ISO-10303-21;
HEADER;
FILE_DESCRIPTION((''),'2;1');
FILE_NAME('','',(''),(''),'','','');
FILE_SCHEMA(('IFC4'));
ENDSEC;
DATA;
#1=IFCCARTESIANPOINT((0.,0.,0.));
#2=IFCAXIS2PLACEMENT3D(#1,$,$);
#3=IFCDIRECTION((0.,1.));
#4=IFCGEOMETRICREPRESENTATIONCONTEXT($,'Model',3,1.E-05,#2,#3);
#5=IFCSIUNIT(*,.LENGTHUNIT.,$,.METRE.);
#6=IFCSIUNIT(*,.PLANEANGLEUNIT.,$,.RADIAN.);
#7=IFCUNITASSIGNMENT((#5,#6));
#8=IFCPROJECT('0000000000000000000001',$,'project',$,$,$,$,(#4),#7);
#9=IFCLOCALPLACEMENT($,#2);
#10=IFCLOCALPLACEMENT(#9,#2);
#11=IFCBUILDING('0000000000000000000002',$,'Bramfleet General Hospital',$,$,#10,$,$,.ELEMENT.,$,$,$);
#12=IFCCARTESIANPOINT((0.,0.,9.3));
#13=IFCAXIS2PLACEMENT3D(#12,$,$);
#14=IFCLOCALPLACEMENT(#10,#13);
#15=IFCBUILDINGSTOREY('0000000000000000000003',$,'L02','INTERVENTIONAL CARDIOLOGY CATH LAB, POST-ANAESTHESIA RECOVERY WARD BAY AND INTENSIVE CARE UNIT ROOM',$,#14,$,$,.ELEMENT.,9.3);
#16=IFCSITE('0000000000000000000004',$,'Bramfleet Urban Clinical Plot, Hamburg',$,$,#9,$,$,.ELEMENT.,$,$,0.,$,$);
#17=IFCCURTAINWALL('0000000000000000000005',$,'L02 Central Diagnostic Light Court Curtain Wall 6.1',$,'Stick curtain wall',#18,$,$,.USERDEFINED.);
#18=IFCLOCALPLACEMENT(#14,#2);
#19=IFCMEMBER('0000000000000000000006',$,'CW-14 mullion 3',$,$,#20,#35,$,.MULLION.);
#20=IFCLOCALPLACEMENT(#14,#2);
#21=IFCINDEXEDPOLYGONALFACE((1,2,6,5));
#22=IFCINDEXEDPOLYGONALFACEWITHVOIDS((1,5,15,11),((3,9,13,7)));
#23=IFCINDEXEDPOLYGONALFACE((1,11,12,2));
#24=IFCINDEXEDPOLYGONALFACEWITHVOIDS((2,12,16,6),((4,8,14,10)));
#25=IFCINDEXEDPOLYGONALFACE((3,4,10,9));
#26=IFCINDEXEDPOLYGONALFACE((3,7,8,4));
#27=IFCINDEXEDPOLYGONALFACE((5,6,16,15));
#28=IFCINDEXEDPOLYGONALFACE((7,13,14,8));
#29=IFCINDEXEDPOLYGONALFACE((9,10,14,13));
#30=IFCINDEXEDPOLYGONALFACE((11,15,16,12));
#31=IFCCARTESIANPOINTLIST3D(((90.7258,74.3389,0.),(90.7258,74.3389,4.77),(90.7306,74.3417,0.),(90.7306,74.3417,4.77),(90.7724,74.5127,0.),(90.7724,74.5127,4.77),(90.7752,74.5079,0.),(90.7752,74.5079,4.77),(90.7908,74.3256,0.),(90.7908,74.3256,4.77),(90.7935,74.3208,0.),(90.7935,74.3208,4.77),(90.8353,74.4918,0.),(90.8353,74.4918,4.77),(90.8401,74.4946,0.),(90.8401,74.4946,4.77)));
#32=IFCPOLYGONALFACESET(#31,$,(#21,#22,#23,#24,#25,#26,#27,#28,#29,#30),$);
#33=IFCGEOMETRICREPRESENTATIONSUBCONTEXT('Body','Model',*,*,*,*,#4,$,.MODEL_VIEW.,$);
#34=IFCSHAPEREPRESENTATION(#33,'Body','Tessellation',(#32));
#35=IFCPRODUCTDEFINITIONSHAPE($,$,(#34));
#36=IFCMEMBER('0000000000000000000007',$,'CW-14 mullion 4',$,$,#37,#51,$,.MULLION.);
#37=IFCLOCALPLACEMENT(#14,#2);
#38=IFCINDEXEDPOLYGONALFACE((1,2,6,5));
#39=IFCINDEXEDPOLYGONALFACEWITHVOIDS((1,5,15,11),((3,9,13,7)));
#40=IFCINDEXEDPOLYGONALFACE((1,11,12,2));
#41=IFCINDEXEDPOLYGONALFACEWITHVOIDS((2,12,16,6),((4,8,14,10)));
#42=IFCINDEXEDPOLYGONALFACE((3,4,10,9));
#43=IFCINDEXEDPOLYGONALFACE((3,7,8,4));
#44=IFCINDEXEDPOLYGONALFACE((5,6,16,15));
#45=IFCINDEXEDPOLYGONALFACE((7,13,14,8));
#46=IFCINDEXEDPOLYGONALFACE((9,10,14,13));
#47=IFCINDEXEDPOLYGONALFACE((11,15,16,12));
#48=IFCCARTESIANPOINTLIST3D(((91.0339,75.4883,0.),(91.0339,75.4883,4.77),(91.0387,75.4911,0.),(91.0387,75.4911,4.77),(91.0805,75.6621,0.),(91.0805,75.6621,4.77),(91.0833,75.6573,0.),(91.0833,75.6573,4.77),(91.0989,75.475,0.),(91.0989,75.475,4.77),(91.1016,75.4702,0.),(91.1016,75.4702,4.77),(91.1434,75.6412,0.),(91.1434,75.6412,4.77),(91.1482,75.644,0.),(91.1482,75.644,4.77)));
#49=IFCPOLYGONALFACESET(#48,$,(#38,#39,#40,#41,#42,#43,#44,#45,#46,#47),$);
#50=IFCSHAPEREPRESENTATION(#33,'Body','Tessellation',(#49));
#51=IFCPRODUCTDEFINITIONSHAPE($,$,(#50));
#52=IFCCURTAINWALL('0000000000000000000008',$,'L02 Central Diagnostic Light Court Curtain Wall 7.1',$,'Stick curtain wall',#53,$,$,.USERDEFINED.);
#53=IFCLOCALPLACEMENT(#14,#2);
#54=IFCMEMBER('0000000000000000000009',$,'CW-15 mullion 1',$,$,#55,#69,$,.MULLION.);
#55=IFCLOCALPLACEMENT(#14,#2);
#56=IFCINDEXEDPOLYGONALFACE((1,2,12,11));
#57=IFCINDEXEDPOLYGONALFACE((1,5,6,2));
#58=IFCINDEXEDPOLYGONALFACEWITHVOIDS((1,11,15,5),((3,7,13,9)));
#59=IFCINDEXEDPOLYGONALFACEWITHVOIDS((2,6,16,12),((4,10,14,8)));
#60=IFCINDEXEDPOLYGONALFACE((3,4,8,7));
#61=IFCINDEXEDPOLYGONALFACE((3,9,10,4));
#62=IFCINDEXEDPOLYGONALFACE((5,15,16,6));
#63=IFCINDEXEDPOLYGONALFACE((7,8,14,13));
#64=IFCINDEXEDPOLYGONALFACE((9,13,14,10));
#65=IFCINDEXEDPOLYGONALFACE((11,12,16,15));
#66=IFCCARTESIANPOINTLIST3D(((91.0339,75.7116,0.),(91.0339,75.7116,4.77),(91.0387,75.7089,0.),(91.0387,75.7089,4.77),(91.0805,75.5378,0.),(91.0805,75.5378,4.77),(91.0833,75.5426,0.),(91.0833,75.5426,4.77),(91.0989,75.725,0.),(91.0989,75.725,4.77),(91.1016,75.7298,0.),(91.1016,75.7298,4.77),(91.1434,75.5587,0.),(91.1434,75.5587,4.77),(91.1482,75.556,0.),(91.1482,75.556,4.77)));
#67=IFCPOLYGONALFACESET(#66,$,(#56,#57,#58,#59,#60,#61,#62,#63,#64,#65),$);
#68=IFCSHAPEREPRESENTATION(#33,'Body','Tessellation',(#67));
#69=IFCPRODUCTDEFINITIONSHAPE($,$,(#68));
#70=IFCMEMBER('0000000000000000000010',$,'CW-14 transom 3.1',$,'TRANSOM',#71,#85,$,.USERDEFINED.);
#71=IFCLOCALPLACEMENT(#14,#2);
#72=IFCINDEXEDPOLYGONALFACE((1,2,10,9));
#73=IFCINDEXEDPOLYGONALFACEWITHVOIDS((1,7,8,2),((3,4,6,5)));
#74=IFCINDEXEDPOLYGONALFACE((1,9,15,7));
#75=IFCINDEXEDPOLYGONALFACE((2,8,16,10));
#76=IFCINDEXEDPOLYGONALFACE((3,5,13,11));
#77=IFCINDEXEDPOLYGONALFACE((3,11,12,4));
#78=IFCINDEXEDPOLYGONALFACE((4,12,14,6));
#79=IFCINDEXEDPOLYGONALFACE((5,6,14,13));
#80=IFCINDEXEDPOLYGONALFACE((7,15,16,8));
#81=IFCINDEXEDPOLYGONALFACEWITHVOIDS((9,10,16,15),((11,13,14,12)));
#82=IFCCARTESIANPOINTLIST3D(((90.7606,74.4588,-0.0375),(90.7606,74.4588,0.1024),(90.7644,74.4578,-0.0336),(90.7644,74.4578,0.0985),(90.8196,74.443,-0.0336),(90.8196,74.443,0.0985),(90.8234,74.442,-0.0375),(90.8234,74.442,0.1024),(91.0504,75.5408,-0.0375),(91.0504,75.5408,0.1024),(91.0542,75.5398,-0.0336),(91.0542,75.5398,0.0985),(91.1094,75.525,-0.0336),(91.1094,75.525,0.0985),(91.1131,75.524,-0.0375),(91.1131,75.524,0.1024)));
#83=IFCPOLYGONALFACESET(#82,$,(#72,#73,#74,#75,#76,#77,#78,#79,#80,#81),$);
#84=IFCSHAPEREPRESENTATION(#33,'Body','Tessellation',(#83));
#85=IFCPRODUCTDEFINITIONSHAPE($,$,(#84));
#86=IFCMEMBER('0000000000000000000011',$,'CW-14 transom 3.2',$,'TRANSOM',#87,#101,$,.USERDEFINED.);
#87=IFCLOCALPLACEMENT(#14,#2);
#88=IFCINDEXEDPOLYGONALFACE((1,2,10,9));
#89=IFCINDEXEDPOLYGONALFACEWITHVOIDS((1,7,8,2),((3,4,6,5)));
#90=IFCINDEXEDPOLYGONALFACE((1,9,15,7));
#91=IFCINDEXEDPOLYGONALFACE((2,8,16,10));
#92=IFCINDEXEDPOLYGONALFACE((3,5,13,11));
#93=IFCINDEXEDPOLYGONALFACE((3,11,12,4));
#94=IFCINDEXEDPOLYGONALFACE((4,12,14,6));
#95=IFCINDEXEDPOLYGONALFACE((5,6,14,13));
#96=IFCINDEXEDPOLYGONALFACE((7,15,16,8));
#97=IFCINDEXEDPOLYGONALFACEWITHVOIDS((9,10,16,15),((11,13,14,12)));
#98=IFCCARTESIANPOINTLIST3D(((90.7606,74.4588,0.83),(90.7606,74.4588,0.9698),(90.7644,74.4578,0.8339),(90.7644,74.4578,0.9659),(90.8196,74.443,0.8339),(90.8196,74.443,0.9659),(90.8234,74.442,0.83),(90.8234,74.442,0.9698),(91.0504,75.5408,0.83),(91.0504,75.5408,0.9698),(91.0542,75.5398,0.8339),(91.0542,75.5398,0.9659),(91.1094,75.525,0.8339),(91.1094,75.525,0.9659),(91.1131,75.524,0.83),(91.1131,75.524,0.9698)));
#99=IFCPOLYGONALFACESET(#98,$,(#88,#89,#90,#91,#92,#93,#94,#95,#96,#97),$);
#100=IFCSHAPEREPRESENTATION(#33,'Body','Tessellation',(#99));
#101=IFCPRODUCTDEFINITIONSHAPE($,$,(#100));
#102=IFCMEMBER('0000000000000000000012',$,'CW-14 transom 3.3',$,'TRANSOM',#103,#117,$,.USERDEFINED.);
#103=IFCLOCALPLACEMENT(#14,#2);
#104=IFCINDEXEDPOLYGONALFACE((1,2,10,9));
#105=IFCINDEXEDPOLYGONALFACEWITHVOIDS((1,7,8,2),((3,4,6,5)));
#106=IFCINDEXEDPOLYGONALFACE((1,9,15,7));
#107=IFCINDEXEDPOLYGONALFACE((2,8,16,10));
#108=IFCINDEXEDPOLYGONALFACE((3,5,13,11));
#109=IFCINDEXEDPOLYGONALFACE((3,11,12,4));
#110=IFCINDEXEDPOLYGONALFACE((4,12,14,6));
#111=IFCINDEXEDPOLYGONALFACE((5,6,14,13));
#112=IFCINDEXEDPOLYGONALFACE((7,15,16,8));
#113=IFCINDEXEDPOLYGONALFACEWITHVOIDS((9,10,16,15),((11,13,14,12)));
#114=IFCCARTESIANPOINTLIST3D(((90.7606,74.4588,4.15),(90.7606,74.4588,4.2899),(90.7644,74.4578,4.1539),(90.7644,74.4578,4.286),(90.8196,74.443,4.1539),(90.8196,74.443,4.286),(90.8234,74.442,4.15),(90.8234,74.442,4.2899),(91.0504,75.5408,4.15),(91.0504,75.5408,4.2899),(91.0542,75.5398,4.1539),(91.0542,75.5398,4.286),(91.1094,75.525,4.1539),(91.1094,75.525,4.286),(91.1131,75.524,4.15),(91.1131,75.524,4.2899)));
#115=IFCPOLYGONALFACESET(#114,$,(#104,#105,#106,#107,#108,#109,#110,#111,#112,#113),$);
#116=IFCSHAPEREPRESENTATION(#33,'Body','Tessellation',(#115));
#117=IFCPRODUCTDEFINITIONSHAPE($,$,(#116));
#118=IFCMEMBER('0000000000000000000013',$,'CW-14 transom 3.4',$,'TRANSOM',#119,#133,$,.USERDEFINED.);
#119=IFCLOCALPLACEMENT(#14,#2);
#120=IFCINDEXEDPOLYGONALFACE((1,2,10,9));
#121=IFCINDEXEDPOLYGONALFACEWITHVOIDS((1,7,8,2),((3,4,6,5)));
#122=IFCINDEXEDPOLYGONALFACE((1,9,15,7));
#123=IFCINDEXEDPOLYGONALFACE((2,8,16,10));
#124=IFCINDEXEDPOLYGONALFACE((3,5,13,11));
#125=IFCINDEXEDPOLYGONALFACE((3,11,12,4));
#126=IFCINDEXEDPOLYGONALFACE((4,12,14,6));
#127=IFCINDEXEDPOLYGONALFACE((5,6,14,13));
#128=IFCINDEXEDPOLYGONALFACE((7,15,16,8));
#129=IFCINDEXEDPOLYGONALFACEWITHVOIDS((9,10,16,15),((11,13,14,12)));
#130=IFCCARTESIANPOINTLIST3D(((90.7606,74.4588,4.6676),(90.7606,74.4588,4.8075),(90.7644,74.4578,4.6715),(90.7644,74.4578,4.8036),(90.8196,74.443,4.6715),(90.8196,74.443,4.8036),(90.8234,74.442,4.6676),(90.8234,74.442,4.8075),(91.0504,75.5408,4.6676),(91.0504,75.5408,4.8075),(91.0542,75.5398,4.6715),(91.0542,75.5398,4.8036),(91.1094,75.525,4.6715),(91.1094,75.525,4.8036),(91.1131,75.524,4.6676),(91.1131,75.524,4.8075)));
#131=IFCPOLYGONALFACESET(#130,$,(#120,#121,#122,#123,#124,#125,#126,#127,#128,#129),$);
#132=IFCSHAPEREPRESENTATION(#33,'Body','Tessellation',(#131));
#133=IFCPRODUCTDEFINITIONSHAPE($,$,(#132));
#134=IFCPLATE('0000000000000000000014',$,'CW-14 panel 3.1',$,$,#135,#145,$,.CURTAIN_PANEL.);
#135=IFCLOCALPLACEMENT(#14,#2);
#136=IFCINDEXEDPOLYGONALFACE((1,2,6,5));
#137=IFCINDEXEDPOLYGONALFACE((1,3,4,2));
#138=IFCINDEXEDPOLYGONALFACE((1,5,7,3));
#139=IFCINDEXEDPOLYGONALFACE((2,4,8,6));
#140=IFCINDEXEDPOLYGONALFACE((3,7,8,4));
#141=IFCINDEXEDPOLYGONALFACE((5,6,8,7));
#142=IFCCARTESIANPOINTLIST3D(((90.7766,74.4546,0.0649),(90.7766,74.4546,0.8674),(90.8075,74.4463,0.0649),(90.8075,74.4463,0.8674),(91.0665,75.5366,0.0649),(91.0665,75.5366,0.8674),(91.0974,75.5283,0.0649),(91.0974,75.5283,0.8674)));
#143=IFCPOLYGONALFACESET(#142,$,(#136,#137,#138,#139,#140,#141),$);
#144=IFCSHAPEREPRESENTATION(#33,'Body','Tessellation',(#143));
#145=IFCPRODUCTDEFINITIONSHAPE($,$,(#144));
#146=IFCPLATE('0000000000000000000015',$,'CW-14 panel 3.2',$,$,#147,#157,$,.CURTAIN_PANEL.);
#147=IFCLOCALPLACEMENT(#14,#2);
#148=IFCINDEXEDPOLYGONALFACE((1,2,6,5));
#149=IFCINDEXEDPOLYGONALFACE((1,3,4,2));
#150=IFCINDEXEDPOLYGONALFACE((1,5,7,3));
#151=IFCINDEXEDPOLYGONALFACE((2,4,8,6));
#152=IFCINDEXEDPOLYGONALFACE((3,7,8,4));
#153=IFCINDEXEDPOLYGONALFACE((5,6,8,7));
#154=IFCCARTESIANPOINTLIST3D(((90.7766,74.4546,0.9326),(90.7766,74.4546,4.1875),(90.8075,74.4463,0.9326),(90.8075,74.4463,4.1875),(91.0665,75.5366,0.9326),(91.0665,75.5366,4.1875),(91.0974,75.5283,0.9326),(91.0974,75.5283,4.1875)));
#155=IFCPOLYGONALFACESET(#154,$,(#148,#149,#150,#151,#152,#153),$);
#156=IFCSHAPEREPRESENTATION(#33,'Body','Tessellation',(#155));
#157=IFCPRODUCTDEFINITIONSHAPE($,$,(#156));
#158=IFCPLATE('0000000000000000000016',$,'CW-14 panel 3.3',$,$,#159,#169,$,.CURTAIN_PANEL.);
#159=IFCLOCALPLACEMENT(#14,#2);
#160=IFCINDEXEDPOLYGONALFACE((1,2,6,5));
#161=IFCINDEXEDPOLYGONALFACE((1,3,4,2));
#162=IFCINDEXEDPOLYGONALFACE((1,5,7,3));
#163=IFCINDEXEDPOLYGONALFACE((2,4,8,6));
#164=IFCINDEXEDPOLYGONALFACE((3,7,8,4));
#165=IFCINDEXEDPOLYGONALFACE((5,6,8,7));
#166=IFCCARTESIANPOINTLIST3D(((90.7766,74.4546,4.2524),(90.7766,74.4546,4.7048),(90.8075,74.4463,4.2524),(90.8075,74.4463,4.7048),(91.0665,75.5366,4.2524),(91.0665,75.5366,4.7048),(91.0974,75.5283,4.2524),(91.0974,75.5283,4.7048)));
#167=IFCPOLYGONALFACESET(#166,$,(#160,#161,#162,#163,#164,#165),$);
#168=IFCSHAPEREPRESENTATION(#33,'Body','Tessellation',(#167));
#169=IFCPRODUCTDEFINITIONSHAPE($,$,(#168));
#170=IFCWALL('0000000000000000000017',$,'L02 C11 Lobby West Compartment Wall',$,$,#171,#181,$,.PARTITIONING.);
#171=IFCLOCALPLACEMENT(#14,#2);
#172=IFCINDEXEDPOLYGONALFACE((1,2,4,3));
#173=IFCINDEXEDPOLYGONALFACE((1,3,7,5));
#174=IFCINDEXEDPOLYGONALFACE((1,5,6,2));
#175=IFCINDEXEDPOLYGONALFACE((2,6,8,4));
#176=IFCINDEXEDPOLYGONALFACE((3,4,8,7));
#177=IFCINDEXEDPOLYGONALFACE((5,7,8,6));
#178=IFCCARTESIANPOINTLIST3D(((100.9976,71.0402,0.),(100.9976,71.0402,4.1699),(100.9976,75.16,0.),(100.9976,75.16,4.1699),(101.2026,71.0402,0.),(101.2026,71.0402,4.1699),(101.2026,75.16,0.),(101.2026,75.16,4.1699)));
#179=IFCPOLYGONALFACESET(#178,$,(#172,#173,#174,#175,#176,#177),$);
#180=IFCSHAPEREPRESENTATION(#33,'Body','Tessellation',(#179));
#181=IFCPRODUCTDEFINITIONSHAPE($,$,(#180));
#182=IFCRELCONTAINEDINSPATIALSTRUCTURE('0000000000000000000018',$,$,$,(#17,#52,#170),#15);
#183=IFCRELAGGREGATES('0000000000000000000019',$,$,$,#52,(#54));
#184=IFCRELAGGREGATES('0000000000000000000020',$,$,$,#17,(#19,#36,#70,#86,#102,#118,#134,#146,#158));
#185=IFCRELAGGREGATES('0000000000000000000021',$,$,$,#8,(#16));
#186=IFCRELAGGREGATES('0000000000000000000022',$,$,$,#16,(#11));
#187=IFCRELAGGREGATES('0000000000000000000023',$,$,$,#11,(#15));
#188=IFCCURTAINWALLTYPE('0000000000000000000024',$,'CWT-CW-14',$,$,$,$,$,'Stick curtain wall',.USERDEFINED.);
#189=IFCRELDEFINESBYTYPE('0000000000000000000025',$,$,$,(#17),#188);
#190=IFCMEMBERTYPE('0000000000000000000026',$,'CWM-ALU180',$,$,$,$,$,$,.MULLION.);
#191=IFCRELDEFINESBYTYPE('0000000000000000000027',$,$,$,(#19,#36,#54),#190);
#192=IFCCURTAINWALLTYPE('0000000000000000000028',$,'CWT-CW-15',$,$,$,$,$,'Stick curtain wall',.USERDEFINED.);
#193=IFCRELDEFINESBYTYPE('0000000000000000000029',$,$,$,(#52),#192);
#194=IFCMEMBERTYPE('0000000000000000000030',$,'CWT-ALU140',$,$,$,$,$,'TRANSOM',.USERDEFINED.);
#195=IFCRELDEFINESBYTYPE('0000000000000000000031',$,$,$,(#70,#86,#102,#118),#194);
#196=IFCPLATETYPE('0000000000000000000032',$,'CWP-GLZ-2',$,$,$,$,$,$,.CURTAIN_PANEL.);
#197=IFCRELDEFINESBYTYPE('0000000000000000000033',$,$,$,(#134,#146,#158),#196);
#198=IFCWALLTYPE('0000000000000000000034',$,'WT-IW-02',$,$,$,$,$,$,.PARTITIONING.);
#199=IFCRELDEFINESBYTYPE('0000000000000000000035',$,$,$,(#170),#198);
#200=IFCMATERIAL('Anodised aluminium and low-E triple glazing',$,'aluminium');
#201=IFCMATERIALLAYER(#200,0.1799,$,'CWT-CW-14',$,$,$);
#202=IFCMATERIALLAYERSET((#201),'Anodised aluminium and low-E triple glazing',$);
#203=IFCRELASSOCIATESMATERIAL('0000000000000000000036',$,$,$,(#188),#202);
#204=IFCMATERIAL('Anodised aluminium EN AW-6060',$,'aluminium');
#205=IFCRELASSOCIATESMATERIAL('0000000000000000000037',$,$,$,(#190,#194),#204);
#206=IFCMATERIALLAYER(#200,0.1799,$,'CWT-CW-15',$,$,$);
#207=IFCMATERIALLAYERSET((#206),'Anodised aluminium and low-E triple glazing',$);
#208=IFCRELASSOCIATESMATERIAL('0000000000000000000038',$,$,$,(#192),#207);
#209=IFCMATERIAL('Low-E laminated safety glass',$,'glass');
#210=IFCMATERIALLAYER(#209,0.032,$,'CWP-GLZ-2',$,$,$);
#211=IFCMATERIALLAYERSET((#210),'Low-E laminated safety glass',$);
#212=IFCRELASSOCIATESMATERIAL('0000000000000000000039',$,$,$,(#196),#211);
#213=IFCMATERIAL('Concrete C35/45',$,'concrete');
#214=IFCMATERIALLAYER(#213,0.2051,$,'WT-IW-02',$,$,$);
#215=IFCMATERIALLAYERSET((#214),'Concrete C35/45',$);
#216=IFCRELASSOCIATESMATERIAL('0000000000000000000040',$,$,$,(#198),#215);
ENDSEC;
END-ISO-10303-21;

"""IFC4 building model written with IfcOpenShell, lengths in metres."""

from ifc_helpers import new_model, si_unit, direction, frame, frame_2d, origin, origin_2d, place, context, subcontext, project, spatial, rectangle, hollow_rectangle, extrude, material, layer, layer_set, material_profile, profile_set, type_object, element, aggregate, save


model = new_model("IFC4")

# Units and contexts
model_context = context("Model", 3, precision=1e-05, world=origin(), true_north=direction((0.0, 1.0)))
body_context = subcontext(model_context, "Body", "Model", "MODEL_VIEW")
ifc_project = project(units=[si_unit("LENGTHUNIT", "METRE"), si_unit("PLANEANGLEUNIT", "RADIAN")], contexts=[model_context])

# Site, building, storey
site_placement = place(None, origin())
site = spatial("IfcSite", under=ifc_project, at=site_placement, Name="Bramfleet Urban Clinical Plot, Hamburg", CompositionType="ELEMENT", RefElevation=0.0)
building_placement = place(site_placement, origin())
building = spatial("IfcBuilding", under=site, at=building_placement, Name="Bramfleet General Hospital", CompositionType="ELEMENT")
storey_placement = place(building_placement, frame((0.0, 0.0, 9.3)))
storey = spatial("IfcBuildingStorey", under=building, at=storey_placement, Name="L02", Description="INTERVENTIONAL CARDIOLOGY CATH LAB, POST-ANAESTHESIA RECOVERY WARD BAY AND INTENSIVE CARE UNIT ROOM", CompositionType="ELEMENT", Elevation=9.3)

# Shared definitions
ifc_material_1 = material(Name="Concrete C35/45", Category="concrete")

# Curtain wall, members
ifc_material_2 = material(Name="Anodised aluminium and low-E triple glazing", Category="aluminium")
ifc_layer_1 = layer(ifc_material_2, 0.1799, Name="CWT-CW-14")
ifc_layer_set_1 = layer_set([ifc_layer_1], Name="Anodised aluminium and low-E triple glazing")
curtain_wall_type_1 = type_object("IfcCurtainWallType", Name="CWT-CW-14", ElementType="Stick curtain wall", PredefinedType="USERDEFINED", material=ifc_layer_set_1)
curtain_wall_1_placement = place(storey_placement, origin())
curtain_wall_1 = element("IfcCurtainWall", 1, at=curtain_wall_1_placement, inside=storey, type_object=curtain_wall_type_1, Name="L02 Central Diagnostic Light Court Curtain Wall 6.1", ObjectType="Stick curtain wall", PredefinedType="USERDEFINED")
ifc_material_3 = material(Name="Anodised aluminium EN AW-6060", Category="aluminium")
ifc_material_profile_1 = material_profile(ifc_material_3, hollow_rectangle(XDim=0.0701, YDim=0.1799, WallThickness=0.0039, at=origin_2d()), Name="ALU 180x70x4.0")
ifc_profile_set_1 = profile_set([ifc_material_profile_1], Name="Anodised aluminium EN AW-6060")
member_type_1 = type_object("IfcMemberType", Name="CWM-ALU180", PredefinedType="MULLION", material=ifc_profile_set_1)
member_1_placement = place(storey_placement, frame((90.783, 74.4167, 0.0), z_axis=(0.0, 0.0, 1.0), x_axis=(-0.965941, 0.258763, 0.0)))
member_1 = element("IfcMember", 2, at=member_1_placement, type_object=member_type_1, Name="CW-14 mullion 3", PredefinedType="MULLION", context=body_context, shape_type="SweptSolid", body=[
    extrude(hollow_rectangle(XDim=0.0701, YDim=0.1799, WallThickness=0.0039, at=origin_2d()), origin(), (0.0, 0.0, 1.0), 4.77),
])
member_2_placement = place(storey_placement, frame((91.0911, 75.5662, 0.0), z_axis=(0.0, 0.0, 1.0), x_axis=(-0.965941, 0.258763, 0.0)))
member_2 = element("IfcMember", 3, at=member_2_placement, type_object=member_type_1, Name="CW-14 mullion 4", PredefinedType="MULLION", context=body_context, shape_type="SweptSolid", body=[
    extrude(hollow_rectangle(XDim=0.0701, YDim=0.1799, WallThickness=0.0039, at=origin_2d()), origin(), (0.0, 0.0, 1.0), 4.77),
])

# Curtain wall, member
ifc_layer_2 = layer(ifc_material_2, 0.1799, Name="CWT-CW-15")
ifc_layer_set_2 = layer_set([ifc_layer_2], Name="Anodised aluminium and low-E triple glazing")
curtain_wall_type_2 = type_object("IfcCurtainWallType", Name="CWT-CW-15", ElementType="Stick curtain wall", PredefinedType="USERDEFINED", material=ifc_layer_set_2)
curtain_wall_2_placement = place(storey_placement, origin())
curtain_wall_2 = element("IfcCurtainWall", 4, at=curtain_wall_2_placement, inside=storey, type_object=curtain_wall_type_2, Name="L02 Central Diagnostic Light Court Curtain Wall 7.1", ObjectType="Stick curtain wall", PredefinedType="USERDEFINED")
member_3_placement = place(storey_placement, frame((91.0911, 75.6338, 0.0), z_axis=(0.0, 0.0, 1.0), x_axis=(-0.965941, -0.258763, 0.0)))
member_3 = element("IfcMember", 5, at=member_3_placement, type_object=member_type_1, Name="CW-15 mullion 1", PredefinedType="MULLION", context=body_context, shape_type="SweptSolid", body=[
    extrude(hollow_rectangle(XDim=0.0701, YDim=0.1799, WallThickness=0.0039, at=origin_2d()), origin(), (0.0, 0.0, 1.0), 4.77),
])
aggregate(curtain_wall_2, [member_3])

# Members
ifc_material_profile_2 = material_profile(ifc_material_3, hollow_rectangle(XDim=0.0649, YDim=0.1399, WallThickness=0.0039, at=origin_2d()), Name="ALU 140x65x4.0")
ifc_profile_set_2 = profile_set([ifc_material_profile_2], Name="Anodised aluminium EN AW-6060")
member_type_2 = type_object("IfcMemberType", Name="CWT-ALU140", ElementType="TRANSOM", PredefinedType="USERDEFINED", material=ifc_profile_set_2)
member_4_placement = place(storey_placement, frame((90.792, 74.4504, 0.0325), z_axis=(0.258707, 0.965956, 0.0), x_axis=(-0.965956, 0.258707, 0.0)))
member_4 = element("IfcMember", 6, at=member_4_placement, type_object=member_type_2, Name="CW-14 transom 3.1", ObjectType="TRANSOM", PredefinedType="USERDEFINED", context=body_context, shape_type="SweptSolid", body=[
    extrude(hollow_rectangle(XDim=0.0649, YDim=0.1399, WallThickness=0.0039, at=origin_2d()), origin(), (0.0, 0.0, 1.0), 1.1201),
])
member_5_placement = place(storey_placement, frame((90.792, 74.4504, 0.8999), z_axis=(0.258707, 0.965956, 0.0), x_axis=(-0.965956, 0.258707, 0.0)))
member_5 = element("IfcMember", 7, at=member_5_placement, type_object=member_type_2, Name="CW-14 transom 3.2", ObjectType="TRANSOM", PredefinedType="USERDEFINED", context=body_context, shape_type="SweptSolid", body=[
    extrude(hollow_rectangle(XDim=0.0649, YDim=0.1399, WallThickness=0.0039, at=origin_2d()), origin(), (0.0, 0.0, 1.0), 1.1201),
])
member_6_placement = place(storey_placement, frame((90.792, 74.4504, 4.22), z_axis=(0.258707, 0.965956, 0.0), x_axis=(-0.965956, 0.258707, 0.0)))
member_6 = element("IfcMember", 8, at=member_6_placement, type_object=member_type_2, Name="CW-14 transom 3.3", ObjectType="TRANSOM", PredefinedType="USERDEFINED", context=body_context, shape_type="SweptSolid", body=[
    extrude(hollow_rectangle(XDim=0.0649, YDim=0.1399, WallThickness=0.0039, at=origin_2d()), origin(), (0.0, 0.0, 1.0), 1.1201),
])
member_7_placement = place(storey_placement, frame((90.792, 74.4504, 4.7375), z_axis=(0.258707, 0.965956, 0.0), x_axis=(-0.965956, 0.258707, 0.0)))
member_7 = element("IfcMember", 9, at=member_7_placement, type_object=member_type_2, Name="CW-14 transom 3.4", ObjectType="TRANSOM", PredefinedType="USERDEFINED", context=body_context, shape_type="SweptSolid", body=[
    extrude(hollow_rectangle(XDim=0.0649, YDim=0.1399, WallThickness=0.0039, at=origin_2d()), origin(), (0.0, 0.0, 1.0), 1.1201),
])

# Plates
ifc_material_4 = material(Name="Low-E laminated safety glass", Category="glass")
ifc_layer_3 = layer(ifc_material_4, 0.032, Name="CWP-GLZ-2")
ifc_layer_set_3 = layer_set([ifc_layer_3], Name="Low-E laminated safety glass")
plate_type = type_object("IfcPlateType", Name="CWP-GLZ-2", PredefinedType="CURTAIN_PANEL", material=ifc_layer_set_3)
plate_1_placement = place(storey_placement, frame((90.937, 74.9915, 0.0649), z_axis=(0.0, 0.0, 1.0), x_axis=(0.258763, 0.965941, 0.0)))
plate_1 = element("IfcPlate", 10, at=plate_1_placement, type_object=plate_type, Name="CW-14 panel 3.1", PredefinedType="CURTAIN_PANEL", context=body_context, shape_type="SweptSolid", body=[
    extrude(rectangle(XDim=1.1201, YDim=0.032, at=origin_2d()), origin(), (0.0, 0.0, 1.0), 0.8025),
])
plate_2_placement = place(storey_placement, frame((90.937, 74.9915, 0.9326), z_axis=(0.0, 0.0, 1.0), x_axis=(0.258763, 0.965941, 0.0)))
plate_2 = element("IfcPlate", 11, at=plate_2_placement, type_object=plate_type, Name="CW-14 panel 3.2", PredefinedType="CURTAIN_PANEL", context=body_context, shape_type="SweptSolid", body=[
    extrude(rectangle(XDim=1.1201, YDim=0.032, at=origin_2d()), origin(), (0.0, 0.0, 1.0), 3.2549),
])
plate_3_placement = place(storey_placement, frame((90.937, 74.9915, 4.2524), z_axis=(0.0, 0.0, 1.0), x_axis=(0.258763, 0.965941, 0.0)))
plate_3 = element("IfcPlate", 12, at=plate_3_placement, type_object=plate_type, Name="CW-14 panel 3.3", PredefinedType="CURTAIN_PANEL", context=body_context, shape_type="SweptSolid", body=[
    extrude(rectangle(XDim=1.1201, YDim=0.032, at=origin_2d()), origin(), (0.0, 0.0, 1.0), 0.4524),
])
aggregate(curtain_wall_1, [member_1, member_2, member_4, member_5, member_6, member_7, plate_1, plate_2, plate_3])

# Wall
ifc_layer_4 = layer(ifc_material_1, 0.2051, Name="WT-IW-02")
ifc_layer_set_4 = layer_set([ifc_layer_4], Name="Concrete C35/45")
wall_type_1 = type_object("IfcWallType", Name="WT-IW-02", PredefinedType="PARTITIONING", material=ifc_layer_set_4)
wall_1_placement = place(storey_placement, frame((101.1001, 71.04, 0.0), z_axis=(0.0, 0.0, 1.0), x_axis=(0.0, 1.0, 0.0)))
element("IfcWall", 13, at=wall_1_placement, inside=storey, type_object=wall_type_1, Name="L02 C11 Lobby West Compartment Wall", PredefinedType="PARTITIONING", context=body_context, shape_type="SweptSolid", body=[
    extrude(rectangle(XDim=4.1199, YDim=0.2051, at=frame_2d((2.0601, 0.0))), origin(), (0.0, 0.0, 1.0), 4.1699),
])

save(model, "model.ifc")
